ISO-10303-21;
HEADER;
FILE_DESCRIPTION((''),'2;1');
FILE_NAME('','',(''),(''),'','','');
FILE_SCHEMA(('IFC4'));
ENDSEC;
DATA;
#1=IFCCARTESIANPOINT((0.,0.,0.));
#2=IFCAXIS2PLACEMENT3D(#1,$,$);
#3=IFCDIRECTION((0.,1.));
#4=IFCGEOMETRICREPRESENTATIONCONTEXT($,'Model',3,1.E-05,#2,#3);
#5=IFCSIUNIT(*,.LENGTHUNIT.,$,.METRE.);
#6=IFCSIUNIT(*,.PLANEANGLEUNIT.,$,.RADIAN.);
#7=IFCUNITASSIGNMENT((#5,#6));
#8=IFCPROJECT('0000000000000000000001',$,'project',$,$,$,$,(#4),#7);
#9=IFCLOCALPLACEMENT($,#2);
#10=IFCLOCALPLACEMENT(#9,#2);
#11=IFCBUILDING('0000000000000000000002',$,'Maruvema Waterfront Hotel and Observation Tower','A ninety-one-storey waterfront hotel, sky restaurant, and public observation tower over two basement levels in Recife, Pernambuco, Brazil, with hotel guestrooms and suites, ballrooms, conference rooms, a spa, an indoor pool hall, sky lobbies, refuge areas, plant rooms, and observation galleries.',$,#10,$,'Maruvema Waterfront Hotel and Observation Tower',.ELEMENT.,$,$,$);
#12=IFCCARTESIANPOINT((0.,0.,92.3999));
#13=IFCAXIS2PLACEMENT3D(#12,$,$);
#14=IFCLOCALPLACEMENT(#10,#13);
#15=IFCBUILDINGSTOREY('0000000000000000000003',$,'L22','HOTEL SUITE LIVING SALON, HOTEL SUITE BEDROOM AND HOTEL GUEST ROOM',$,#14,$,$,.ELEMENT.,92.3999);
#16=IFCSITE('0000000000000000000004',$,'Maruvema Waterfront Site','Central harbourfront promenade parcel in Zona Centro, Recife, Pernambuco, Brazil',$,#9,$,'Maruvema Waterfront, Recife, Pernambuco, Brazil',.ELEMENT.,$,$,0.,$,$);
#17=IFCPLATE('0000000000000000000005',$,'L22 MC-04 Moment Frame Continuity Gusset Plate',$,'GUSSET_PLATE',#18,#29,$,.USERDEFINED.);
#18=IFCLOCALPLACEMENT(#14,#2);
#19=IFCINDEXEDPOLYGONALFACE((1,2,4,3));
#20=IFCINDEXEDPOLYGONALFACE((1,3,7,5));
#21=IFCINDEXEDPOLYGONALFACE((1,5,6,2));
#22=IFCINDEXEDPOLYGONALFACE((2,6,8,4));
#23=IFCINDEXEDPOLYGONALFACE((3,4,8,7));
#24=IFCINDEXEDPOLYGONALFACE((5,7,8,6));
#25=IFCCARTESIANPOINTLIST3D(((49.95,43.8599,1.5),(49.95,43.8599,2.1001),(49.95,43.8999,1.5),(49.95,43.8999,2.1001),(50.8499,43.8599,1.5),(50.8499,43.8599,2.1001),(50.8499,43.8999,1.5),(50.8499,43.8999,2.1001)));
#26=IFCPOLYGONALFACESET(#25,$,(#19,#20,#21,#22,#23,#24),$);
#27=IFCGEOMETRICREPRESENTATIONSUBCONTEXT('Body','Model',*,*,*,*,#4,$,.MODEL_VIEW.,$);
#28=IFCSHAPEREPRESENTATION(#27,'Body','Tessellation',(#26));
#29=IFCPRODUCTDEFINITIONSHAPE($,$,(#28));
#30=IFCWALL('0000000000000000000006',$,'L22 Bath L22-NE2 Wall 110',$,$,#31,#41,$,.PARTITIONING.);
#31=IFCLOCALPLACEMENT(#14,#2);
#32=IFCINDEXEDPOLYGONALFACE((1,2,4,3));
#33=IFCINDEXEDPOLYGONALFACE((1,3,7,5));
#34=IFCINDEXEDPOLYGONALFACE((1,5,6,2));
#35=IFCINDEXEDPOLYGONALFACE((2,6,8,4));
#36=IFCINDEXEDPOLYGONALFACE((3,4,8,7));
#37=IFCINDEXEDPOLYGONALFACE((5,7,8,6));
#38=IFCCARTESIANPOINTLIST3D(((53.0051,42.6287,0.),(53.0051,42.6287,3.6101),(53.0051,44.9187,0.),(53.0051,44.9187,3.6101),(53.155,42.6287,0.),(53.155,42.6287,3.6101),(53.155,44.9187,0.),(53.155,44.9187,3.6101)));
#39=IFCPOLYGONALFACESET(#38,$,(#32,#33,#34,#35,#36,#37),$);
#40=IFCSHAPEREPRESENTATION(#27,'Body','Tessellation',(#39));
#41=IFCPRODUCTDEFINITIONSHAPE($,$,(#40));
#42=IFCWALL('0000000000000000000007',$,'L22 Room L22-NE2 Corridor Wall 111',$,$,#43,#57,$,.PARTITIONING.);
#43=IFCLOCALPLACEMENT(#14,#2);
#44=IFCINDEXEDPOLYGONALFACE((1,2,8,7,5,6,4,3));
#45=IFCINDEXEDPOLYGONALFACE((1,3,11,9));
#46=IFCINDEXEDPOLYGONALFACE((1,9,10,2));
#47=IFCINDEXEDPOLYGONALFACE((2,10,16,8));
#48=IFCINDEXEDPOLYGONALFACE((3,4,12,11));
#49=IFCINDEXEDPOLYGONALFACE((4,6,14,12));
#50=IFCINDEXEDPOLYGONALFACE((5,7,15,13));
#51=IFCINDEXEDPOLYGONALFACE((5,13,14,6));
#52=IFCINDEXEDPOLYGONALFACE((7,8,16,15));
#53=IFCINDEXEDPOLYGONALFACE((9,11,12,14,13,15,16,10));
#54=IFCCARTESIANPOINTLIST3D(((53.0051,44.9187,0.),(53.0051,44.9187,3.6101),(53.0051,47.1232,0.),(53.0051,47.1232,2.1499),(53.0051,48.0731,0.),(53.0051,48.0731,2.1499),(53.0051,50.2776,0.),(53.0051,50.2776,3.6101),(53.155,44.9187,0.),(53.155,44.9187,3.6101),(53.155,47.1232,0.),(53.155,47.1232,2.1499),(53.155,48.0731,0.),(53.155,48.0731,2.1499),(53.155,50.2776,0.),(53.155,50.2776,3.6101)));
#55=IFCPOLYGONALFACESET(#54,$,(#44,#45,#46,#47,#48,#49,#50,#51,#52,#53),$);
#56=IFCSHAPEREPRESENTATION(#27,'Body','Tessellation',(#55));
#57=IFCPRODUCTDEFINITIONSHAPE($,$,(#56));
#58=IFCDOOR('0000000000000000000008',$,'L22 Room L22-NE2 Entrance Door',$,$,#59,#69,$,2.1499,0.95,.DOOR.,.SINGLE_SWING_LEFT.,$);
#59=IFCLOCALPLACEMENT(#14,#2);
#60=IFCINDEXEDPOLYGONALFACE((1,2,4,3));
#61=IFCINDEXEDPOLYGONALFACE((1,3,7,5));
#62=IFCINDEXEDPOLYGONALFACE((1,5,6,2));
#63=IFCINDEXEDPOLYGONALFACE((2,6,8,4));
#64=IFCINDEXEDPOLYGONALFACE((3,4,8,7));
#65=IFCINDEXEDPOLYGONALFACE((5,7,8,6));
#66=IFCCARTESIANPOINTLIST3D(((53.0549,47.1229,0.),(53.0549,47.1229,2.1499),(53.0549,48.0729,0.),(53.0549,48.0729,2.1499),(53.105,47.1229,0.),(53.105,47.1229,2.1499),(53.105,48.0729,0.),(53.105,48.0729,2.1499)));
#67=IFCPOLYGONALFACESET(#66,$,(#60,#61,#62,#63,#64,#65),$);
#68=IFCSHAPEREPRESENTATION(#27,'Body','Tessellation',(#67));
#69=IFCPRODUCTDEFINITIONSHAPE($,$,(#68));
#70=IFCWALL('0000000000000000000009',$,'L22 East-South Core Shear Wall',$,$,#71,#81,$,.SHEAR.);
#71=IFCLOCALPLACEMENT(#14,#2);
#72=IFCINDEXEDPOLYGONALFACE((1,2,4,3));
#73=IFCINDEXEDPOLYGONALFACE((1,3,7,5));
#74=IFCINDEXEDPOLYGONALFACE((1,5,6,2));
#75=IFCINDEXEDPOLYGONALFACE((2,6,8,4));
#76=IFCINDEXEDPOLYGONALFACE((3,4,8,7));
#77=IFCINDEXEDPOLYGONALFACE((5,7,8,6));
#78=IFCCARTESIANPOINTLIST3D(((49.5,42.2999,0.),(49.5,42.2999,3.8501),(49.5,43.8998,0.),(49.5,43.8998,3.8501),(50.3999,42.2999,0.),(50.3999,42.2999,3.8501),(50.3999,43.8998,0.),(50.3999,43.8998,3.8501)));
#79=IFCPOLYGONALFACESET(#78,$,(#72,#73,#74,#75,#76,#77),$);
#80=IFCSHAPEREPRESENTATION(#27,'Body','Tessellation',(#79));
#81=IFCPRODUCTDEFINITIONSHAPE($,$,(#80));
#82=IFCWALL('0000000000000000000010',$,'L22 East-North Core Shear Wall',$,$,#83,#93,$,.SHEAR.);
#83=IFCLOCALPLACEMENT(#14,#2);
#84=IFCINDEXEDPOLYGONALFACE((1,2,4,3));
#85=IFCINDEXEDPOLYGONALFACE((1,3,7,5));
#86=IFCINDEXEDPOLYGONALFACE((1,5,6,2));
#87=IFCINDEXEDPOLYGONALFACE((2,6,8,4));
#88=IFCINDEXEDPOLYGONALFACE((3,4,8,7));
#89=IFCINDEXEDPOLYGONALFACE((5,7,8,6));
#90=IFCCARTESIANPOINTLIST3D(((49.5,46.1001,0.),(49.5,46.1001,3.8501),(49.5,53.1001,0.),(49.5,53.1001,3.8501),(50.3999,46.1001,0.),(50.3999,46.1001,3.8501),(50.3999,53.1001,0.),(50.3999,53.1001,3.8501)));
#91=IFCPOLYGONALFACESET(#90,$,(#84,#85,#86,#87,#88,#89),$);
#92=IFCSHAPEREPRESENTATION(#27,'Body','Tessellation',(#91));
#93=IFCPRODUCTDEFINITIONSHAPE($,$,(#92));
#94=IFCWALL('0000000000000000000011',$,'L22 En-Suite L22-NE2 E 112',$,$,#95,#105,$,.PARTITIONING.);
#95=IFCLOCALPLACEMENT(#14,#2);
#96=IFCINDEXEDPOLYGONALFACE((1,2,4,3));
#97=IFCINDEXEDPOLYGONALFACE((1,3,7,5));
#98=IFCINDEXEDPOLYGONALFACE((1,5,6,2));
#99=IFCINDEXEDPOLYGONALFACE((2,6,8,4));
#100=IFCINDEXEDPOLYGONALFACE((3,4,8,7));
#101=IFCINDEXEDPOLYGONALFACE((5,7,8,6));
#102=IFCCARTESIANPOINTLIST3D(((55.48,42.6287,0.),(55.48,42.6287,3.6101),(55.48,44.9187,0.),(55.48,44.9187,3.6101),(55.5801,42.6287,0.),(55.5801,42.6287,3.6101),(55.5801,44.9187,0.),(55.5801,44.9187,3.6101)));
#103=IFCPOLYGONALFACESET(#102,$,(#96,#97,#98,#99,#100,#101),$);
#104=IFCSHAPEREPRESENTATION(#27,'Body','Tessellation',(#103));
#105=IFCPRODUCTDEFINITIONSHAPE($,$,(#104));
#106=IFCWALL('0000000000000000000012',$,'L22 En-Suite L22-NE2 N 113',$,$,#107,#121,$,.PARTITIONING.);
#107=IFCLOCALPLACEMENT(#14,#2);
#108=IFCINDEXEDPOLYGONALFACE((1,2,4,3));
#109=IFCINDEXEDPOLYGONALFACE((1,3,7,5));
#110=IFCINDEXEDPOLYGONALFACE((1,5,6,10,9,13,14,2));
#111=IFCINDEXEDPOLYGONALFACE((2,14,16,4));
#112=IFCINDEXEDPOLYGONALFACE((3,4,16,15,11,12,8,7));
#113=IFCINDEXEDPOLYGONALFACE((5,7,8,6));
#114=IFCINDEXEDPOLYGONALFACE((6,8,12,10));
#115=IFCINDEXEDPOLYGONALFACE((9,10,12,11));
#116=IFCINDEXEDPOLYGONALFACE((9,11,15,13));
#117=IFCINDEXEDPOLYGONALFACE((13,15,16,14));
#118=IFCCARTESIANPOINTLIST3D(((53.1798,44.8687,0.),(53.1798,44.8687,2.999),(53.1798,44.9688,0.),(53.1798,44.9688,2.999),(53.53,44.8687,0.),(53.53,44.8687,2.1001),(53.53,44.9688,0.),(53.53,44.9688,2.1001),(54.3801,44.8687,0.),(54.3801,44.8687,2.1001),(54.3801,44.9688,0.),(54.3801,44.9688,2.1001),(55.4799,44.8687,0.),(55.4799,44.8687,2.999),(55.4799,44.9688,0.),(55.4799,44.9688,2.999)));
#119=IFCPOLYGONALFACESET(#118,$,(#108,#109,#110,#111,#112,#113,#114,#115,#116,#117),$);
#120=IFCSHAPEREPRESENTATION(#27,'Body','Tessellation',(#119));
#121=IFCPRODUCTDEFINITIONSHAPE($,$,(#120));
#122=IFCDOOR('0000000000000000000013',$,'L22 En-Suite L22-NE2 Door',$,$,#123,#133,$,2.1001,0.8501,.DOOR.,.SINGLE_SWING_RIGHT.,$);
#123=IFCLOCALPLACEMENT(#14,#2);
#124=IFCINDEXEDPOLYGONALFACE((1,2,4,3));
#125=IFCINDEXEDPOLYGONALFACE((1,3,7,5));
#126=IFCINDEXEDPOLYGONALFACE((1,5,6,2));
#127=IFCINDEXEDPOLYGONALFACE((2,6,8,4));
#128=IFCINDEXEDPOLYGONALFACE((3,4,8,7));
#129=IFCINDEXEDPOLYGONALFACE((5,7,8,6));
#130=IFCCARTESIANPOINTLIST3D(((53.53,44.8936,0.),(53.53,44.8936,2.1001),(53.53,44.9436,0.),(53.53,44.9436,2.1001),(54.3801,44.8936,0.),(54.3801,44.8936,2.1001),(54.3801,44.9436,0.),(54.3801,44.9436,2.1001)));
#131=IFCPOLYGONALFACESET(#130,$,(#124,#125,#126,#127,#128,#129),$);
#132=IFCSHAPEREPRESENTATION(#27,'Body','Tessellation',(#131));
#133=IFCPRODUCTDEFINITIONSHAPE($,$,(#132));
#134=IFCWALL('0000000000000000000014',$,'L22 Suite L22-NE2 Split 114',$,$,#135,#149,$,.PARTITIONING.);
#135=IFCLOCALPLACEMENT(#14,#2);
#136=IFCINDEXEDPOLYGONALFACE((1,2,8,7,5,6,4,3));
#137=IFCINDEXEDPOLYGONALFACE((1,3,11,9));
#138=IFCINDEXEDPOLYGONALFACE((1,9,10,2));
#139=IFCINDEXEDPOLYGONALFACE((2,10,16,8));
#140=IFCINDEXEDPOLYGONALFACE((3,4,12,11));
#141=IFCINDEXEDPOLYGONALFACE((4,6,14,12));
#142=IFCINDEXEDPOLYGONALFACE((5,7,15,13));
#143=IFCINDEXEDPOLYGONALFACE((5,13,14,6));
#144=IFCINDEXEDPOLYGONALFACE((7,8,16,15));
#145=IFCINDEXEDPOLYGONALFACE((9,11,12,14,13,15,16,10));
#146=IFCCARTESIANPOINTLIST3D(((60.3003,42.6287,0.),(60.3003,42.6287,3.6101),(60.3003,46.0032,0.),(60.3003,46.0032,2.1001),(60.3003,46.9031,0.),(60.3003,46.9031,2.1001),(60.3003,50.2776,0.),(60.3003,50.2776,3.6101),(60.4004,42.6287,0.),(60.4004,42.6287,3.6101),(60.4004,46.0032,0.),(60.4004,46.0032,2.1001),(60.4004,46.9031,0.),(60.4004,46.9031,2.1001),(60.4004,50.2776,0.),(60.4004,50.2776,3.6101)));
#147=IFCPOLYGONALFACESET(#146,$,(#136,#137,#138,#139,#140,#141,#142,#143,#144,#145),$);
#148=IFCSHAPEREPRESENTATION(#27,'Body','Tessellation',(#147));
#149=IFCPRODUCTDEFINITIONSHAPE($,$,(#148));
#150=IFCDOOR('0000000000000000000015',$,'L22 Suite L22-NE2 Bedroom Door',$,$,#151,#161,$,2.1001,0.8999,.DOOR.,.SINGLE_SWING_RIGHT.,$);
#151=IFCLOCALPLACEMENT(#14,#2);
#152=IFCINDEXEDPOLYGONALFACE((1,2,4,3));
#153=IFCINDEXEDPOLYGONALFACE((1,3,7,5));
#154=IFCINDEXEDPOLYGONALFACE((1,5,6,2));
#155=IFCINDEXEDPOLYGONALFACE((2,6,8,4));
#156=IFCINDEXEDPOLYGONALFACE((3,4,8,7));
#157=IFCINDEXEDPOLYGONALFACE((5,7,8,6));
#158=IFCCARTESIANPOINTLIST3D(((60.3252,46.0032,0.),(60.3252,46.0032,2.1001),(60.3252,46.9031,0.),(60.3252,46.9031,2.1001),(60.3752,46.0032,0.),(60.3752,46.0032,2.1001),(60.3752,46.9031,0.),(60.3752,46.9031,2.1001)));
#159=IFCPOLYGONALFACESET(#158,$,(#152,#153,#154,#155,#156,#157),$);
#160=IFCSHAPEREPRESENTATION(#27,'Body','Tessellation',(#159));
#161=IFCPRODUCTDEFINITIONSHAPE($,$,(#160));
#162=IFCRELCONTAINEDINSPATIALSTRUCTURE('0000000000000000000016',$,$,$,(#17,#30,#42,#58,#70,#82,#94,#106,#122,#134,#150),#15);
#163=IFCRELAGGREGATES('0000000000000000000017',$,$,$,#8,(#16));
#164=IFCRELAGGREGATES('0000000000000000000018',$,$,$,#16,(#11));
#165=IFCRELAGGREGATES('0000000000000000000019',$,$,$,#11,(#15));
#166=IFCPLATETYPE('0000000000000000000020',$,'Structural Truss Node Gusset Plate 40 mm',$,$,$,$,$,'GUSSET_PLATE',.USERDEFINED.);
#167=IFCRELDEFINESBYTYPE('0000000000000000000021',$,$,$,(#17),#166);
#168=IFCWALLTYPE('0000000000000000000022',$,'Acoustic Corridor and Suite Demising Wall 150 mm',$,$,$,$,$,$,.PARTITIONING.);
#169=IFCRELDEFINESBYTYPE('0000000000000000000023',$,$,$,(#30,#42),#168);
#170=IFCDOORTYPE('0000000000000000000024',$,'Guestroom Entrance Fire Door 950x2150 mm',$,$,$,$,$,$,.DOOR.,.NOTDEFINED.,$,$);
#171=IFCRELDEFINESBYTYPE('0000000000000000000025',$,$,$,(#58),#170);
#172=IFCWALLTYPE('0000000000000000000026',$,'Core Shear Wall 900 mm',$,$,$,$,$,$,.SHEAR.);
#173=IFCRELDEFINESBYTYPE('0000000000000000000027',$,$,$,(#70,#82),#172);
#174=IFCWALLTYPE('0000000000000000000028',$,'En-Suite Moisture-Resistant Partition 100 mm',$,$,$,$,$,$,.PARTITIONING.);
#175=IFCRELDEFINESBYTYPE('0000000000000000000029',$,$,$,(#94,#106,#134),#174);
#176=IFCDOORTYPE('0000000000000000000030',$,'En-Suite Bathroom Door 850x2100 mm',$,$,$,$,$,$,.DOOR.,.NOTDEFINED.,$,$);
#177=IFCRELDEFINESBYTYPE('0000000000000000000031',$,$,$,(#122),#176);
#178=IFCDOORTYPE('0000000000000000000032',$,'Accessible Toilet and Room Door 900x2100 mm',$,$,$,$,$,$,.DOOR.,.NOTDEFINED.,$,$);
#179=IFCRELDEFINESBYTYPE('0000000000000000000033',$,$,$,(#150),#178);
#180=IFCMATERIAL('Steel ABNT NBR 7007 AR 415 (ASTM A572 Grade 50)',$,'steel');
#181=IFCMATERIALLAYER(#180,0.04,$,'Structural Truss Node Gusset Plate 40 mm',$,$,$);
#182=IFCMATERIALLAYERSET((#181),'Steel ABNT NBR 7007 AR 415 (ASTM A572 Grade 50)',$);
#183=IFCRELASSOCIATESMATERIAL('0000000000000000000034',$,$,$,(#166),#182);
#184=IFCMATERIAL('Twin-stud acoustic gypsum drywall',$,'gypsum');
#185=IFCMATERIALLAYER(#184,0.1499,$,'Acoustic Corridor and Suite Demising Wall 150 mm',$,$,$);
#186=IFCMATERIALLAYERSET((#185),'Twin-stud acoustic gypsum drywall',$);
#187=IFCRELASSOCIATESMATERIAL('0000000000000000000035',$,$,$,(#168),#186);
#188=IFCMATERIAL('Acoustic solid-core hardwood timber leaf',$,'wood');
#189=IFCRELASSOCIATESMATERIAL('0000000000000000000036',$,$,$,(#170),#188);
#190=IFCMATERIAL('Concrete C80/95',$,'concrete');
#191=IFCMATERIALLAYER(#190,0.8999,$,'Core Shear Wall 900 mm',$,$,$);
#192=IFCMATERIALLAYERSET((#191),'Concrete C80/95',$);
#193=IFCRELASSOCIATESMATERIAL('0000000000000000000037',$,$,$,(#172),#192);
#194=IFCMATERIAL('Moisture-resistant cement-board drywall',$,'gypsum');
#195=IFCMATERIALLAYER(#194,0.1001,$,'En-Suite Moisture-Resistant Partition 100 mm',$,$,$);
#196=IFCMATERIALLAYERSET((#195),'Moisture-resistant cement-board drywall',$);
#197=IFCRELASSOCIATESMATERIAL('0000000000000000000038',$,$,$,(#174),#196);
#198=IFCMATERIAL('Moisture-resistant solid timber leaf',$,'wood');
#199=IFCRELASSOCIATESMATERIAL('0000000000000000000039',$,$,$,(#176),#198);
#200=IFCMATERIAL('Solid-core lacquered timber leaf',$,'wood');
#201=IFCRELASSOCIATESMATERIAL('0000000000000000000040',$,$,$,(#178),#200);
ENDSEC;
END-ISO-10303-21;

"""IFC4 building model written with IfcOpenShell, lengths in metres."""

from ifc_helpers import new_model, si_unit, direction, frame, frame_2d, origin, origin_2d, place, context, subcontext, project, spatial, rectangle, extrude, material, layer, layer_set, type_object, element, fill, save


model = new_model("IFC4")

# Units and contexts
model_context = context("Model", 3, precision=1e-05, world=origin(), true_north=direction((0.0, 1.0)))
body_context = subcontext(model_context, "Body", "Model", "MODEL_VIEW")
ifc_project = project(units=[si_unit("LENGTHUNIT", "METRE"), si_unit("PLANEANGLEUNIT", "RADIAN")], contexts=[model_context])

# Site, building, storey
site_placement = place(None, origin())
site = spatial("IfcSite", under=ifc_project, at=site_placement, Name="Maruvema Waterfront Site", Description="Central harbourfront promenade parcel in Zona Centro, Recife, Pernambuco, Brazil", LongName="Maruvema Waterfront, Recife, Pernambuco, Brazil", CompositionType="ELEMENT", RefElevation=0.0)
building_placement = place(site_placement, origin())
building = spatial("IfcBuilding", under=site, at=building_placement, Name="Maruvema Waterfront Hotel and Observation Tower", Description="A ninety-one-storey waterfront hotel, sky restaurant, and public observation tower over two basement levels in Recife, Pernambuco, Brazil, with hotel guestrooms and suites, ballrooms, conference rooms, a spa, an indoor pool hall, sky lobbies, refuge areas, plant rooms, and observation galleries.", LongName="Maruvema Waterfront Hotel and Observation Tower", CompositionType="ELEMENT")
storey_placement = place(building_placement, frame((0.0, 0.0, 92.3999)))
storey = spatial("IfcBuildingStorey", under=building, at=storey_placement, Name="L22", Description="HOTEL SUITE LIVING SALON, HOTEL SUITE BEDROOM AND HOTEL GUEST ROOM", CompositionType="ELEMENT", Elevation=92.3999)

# Plate
ifc_material_1 = material(Name="Steel ABNT NBR 7007 AR 415 (ASTM A572 Grade 50)", Category="steel")
ifc_layer_1 = layer(ifc_material_1, 0.04, Name="Structural Truss Node Gusset Plate 40 mm")
ifc_layer_set_1 = layer_set([ifc_layer_1], Name="Steel ABNT NBR 7007 AR 415 (ASTM A572 Grade 50)")
plate_type_1 = type_object("IfcPlateType", Name="Structural Truss Node Gusset Plate 40 mm", ElementType="GUSSET_PLATE", PredefinedType="USERDEFINED", material=ifc_layer_set_1)
plate_1_placement = place(storey_placement, frame((50.3999, 43.8799, 1.5), z_axis=(0.0, 0.0, 1.0), x_axis=(1.0, 0.0, 0.0)))
element("IfcPlate", 1, at=plate_1_placement, inside=storey, type_object=plate_type_1, Name="L22 MC-04 Moment Frame Continuity Gusset Plate", ObjectType="GUSSET_PLATE", PredefinedType="USERDEFINED", context=body_context, shape_type="SweptSolid", body=[
    extrude(rectangle(XDim=0.8999, YDim=0.04, at=origin_2d()), origin(), (0.0, 0.0, 1.0), 0.6001),
])

# Wall
ifc_material_2 = material(Name="Twin-stud acoustic gypsum drywall", Category="gypsum")
ifc_layer_2 = layer(ifc_material_2, 0.1499, Name="Acoustic Corridor and Suite Demising Wall 150 mm")
ifc_layer_set_2 = layer_set([ifc_layer_2], Name="Twin-stud acoustic gypsum drywall")
wall_type_1 = type_object("IfcWallType", Name="Acoustic Corridor and Suite Demising Wall 150 mm", PredefinedType="PARTITIONING", material=ifc_layer_set_2)
wall_1_placement = place(storey_placement, frame((53.0801, 42.6287, 0.0), z_axis=(0.0, 0.0, 1.0), x_axis=(0.0, 1.0, 0.0)))
element("IfcWall", 2, at=wall_1_placement, inside=storey, type_object=wall_type_1, Name="L22 Bath L22-NE2 Wall 110", PredefinedType="PARTITIONING", context=body_context, shape_type="SweptSolid", body=[
    extrude(rectangle(XDim=2.29, YDim=0.1499, at=frame_2d((1.145, 0.0))), origin(), (0.0, 0.0, 1.0), 3.6101),
])

# Wall, opening, door
wall_2_placement = place(storey_placement, frame((53.0801, 44.9187, 0.0), z_axis=(0.0, 0.0, 1.0), x_axis=(0.0, 1.0, 0.0)))
wall_2 = element("IfcWall", 3, at=wall_2_placement, inside=storey, type_object=wall_type_1, Name="L22 Room L22-NE2 Corridor Wall 111", PredefinedType="PARTITIONING", context=body_context, shape_type="SweptSolid", body=[
    extrude(rectangle(XDim=5.3589, YDim=0.1499, at=frame_2d((2.6794, 0.0))), origin(), (0.0, 0.0, 1.0), 3.6101),
])
opening_1_placement = place(wall_2_placement, frame((2.2043, 0.0, 0.0)))
opening_1 = element("IfcOpeningElement", 4, at=opening_1_placement, cuts=wall_2, PredefinedType="OPENING", context=body_context, shape_type="SweptSolid", body=[
    extrude(rectangle(XDim=0.95, YDim=2.1499, at=frame_2d((0.4751, 1.075))), frame((0.0, 0.085, 0.0), z_axis=(0.0, -1.0, 0.0), x_axis=(1.0, 0.0, 0.0)), (0.0, 0.0, 1.0), 0.1699),
])
ifc_material_3 = material(Name="Acoustic solid-core hardwood timber leaf", Category="wood")
door_type_1 = type_object("IfcDoorType", Name="Guestroom Entrance Fire Door 950x2150 mm", OperationType="NOTDEFINED", PredefinedType="DOOR", material=ifc_material_3)
door_1_placement = place(opening_1_placement, frame((0.95, 0.0, 0.0), z_axis=(0.0, 0.0, 1.0), x_axis=(-1.0, 0.0, 0.0)))
door_1 = element("IfcDoor", 5, at=door_1_placement, inside=storey, type_object=door_type_1, Name="L22 Room L22-NE2 Entrance Door", OperationType="SINGLE_SWING_LEFT", OverallHeight=2.1499, OverallWidth=0.95, PredefinedType="DOOR", context=body_context, shape_type="SweptSolid", body=[
    extrude(rectangle(XDim=0.95, YDim=2.1499, at=frame_2d((0.4751, 1.075))), frame((0.0, 0.0249, 0.0), z_axis=(0.0, -1.0, 0.0), x_axis=(1.0, 0.0, 0.0)), (0.0, 0.0, 1.0), 0.05),
])
fill(opening_1, door_1)

# Walls
ifc_material_4 = material(Name="Concrete C80/95", Category="concrete")
ifc_layer_3 = layer(ifc_material_4, 0.8999, Name="Core Shear Wall 900 mm")
ifc_layer_set_3 = layer_set([ifc_layer_3], Name="Concrete C80/95")
wall_type_2 = type_object("IfcWallType", Name="Core Shear Wall 900 mm", PredefinedType="SHEAR", material=ifc_layer_set_3)
wall_3_placement = place(storey_placement, frame((49.95, 42.3, 0.0), z_axis=(0.0, 0.0, 1.0), x_axis=(0.0, 1.0, 0.0)))
element("IfcWall", 6, at=wall_3_placement, inside=storey, type_object=wall_type_2, Name="L22 East-South Core Shear Wall", PredefinedType="SHEAR", context=body_context, shape_type="SweptSolid", body=[
    extrude(rectangle(XDim=1.5999, YDim=0.8999, at=frame_2d((0.7998, 0.0))), origin(), (0.0, 0.0, 1.0), 3.8501),
])
wall_4_placement = place(storey_placement, frame((49.95, 46.1001, 0.0), z_axis=(0.0, 0.0, 1.0), x_axis=(0.0, 1.0, 0.0)))
element("IfcWall", 7, at=wall_4_placement, inside=storey, type_object=wall_type_2, Name="L22 East-North Core Shear Wall", PredefinedType="SHEAR", context=body_context, shape_type="SweptSolid", body=[
    extrude(rectangle(XDim=7.0, YDim=0.8999, at=frame_2d((3.5, 0.0))), origin(), (0.0, 0.0, 1.0), 3.8501),
])
ifc_material_5 = material(Name="Moisture-resistant cement-board drywall", Category="gypsum")
ifc_layer_4 = layer(ifc_material_5, 0.1001, Name="En-Suite Moisture-Resistant Partition 100 mm")
ifc_layer_set_4 = layer_set([ifc_layer_4], Name="Moisture-resistant cement-board drywall")
wall_type_3 = type_object("IfcWallType", Name="En-Suite Moisture-Resistant Partition 100 mm", PredefinedType="PARTITIONING", material=ifc_layer_set_4)
wall_5_placement = place(storey_placement, frame((55.53, 42.6287, 0.0), z_axis=(0.0, 0.0, 1.0), x_axis=(0.0, 1.0, 0.0)))
element("IfcWall", 8, at=wall_5_placement, inside=storey, type_object=wall_type_3, Name="L22 En-Suite L22-NE2 E 112", PredefinedType="PARTITIONING", context=body_context, shape_type="SweptSolid", body=[
    extrude(rectangle(XDim=2.29, YDim=0.1001, at=frame_2d((1.145, 0.0))), origin(), (0.0, 0.0, 1.0), 3.6101),
])

# Walls, openings, doors
wall_6_placement = place(storey_placement, frame((53.1799, 44.9187, 0.0), z_axis=(0.0, 0.0, 1.0), x_axis=(1.0, 0.0, 0.0)))
wall_6 = element("IfcWall", 9, at=wall_6_placement, inside=storey, type_object=wall_type_3, Name="L22 En-Suite L22-NE2 N 113", PredefinedType="PARTITIONING", context=body_context, shape_type="SweptSolid", body=[
    extrude(rectangle(XDim=2.3, YDim=0.1001, at=frame_2d((1.1499, 0.0))), origin(), (0.0, 0.0, 1.0), 2.999),
])
opening_2_placement = place(wall_6_placement, frame((0.3501, 0.0, 0.0)))
opening_2 = element("IfcOpeningElement", 10, at=opening_2_placement, cuts=wall_6, PredefinedType="OPENING", context=body_context, shape_type="SweptSolid", body=[
    extrude(rectangle(XDim=0.8501, YDim=2.1001, at=frame_2d((0.425, 1.05))), frame((0.0, 0.0601, 0.0), z_axis=(0.0, -1.0, 0.0), x_axis=(1.0, 0.0, 0.0)), (0.0, 0.0, 1.0), 0.1201),
])
ifc_material_6 = material(Name="Moisture-resistant solid timber leaf", Category="wood")
door_type_2 = type_object("IfcDoorType", Name="En-Suite Bathroom Door 850x2100 mm", OperationType="NOTDEFINED", PredefinedType="DOOR", material=ifc_material_6)
door_2_placement = place(opening_2_placement, origin())
door_2 = element("IfcDoor", 11, at=door_2_placement, inside=storey, type_object=door_type_2, Name="L22 En-Suite L22-NE2 Door", OperationType="SINGLE_SWING_RIGHT", OverallHeight=2.1001, OverallWidth=0.8501, PredefinedType="DOOR", context=body_context, shape_type="SweptSolid", body=[
    extrude(rectangle(XDim=0.8501, YDim=2.1001, at=frame_2d((0.425, 1.05))), frame((0.0, 0.0249, 0.0), z_axis=(0.0, -1.0, 0.0), x_axis=(1.0, 0.0, 0.0)), (0.0, 0.0, 1.0), 0.05),
])
fill(opening_2, door_2)
wall_7_placement = place(storey_placement, frame((60.3503, 42.6287, 0.0), z_axis=(0.0, 0.0, 1.0), x_axis=(0.0, 1.0, 0.0)))
wall_7 = element("IfcWall", 12, at=wall_7_placement, inside=storey, type_object=wall_type_3, Name="L22 Suite L22-NE2 Split 114", PredefinedType="PARTITIONING", context=body_context, shape_type="SweptSolid", body=[
    extrude(rectangle(XDim=7.6489, YDim=0.1001, at=frame_2d((3.8245, 0.0))), origin(), (0.0, 0.0, 1.0), 3.6101),
])
opening_3_placement = place(wall_7_placement, frame((3.3745, 0.0, 0.0)))
opening_3 = element("IfcOpeningElement", 13, at=opening_3_placement, cuts=wall_7, PredefinedType="OPENING", context=body_context, shape_type="SweptSolid", body=[
    extrude(rectangle(XDim=0.8999, YDim=2.1001, at=frame_2d((0.45, 1.05))), frame((0.0, 0.0601, 0.0), z_axis=(0.0, -1.0, 0.0), x_axis=(1.0, 0.0, 0.0)), (0.0, 0.0, 1.0), 0.1201),
])
ifc_material_7 = material(Name="Solid-core lacquered timber leaf", Category="wood")
door_type_3 = type_object("IfcDoorType", Name="Accessible Toilet and Room Door 900x2100 mm", OperationType="NOTDEFINED", PredefinedType="DOOR", material=ifc_material_7)
door_3_placement = place(opening_3_placement, frame((0.8999, 0.0, 0.0), z_axis=(0.0, 0.0, 1.0), x_axis=(-1.0, 0.0, 0.0)))
door_3 = element("IfcDoor", 14, at=door_3_placement, inside=storey, type_object=door_type_3, Name="L22 Suite L22-NE2 Bedroom Door", OperationType="SINGLE_SWING_RIGHT", OverallHeight=2.1001, OverallWidth=0.8999, PredefinedType="DOOR", context=body_context, shape_type="SweptSolid", body=[
    extrude(rectangle(XDim=0.8999, YDim=2.1001, at=frame_2d((0.45, 1.05))), frame((0.0, 0.0249, 0.0), z_axis=(0.0, -1.0, 0.0), x_axis=(1.0, 0.0, 0.0)), (0.0, 0.0, 1.0), 0.05),
])
fill(opening_3, door_3)

save(model, "model.ifc")
